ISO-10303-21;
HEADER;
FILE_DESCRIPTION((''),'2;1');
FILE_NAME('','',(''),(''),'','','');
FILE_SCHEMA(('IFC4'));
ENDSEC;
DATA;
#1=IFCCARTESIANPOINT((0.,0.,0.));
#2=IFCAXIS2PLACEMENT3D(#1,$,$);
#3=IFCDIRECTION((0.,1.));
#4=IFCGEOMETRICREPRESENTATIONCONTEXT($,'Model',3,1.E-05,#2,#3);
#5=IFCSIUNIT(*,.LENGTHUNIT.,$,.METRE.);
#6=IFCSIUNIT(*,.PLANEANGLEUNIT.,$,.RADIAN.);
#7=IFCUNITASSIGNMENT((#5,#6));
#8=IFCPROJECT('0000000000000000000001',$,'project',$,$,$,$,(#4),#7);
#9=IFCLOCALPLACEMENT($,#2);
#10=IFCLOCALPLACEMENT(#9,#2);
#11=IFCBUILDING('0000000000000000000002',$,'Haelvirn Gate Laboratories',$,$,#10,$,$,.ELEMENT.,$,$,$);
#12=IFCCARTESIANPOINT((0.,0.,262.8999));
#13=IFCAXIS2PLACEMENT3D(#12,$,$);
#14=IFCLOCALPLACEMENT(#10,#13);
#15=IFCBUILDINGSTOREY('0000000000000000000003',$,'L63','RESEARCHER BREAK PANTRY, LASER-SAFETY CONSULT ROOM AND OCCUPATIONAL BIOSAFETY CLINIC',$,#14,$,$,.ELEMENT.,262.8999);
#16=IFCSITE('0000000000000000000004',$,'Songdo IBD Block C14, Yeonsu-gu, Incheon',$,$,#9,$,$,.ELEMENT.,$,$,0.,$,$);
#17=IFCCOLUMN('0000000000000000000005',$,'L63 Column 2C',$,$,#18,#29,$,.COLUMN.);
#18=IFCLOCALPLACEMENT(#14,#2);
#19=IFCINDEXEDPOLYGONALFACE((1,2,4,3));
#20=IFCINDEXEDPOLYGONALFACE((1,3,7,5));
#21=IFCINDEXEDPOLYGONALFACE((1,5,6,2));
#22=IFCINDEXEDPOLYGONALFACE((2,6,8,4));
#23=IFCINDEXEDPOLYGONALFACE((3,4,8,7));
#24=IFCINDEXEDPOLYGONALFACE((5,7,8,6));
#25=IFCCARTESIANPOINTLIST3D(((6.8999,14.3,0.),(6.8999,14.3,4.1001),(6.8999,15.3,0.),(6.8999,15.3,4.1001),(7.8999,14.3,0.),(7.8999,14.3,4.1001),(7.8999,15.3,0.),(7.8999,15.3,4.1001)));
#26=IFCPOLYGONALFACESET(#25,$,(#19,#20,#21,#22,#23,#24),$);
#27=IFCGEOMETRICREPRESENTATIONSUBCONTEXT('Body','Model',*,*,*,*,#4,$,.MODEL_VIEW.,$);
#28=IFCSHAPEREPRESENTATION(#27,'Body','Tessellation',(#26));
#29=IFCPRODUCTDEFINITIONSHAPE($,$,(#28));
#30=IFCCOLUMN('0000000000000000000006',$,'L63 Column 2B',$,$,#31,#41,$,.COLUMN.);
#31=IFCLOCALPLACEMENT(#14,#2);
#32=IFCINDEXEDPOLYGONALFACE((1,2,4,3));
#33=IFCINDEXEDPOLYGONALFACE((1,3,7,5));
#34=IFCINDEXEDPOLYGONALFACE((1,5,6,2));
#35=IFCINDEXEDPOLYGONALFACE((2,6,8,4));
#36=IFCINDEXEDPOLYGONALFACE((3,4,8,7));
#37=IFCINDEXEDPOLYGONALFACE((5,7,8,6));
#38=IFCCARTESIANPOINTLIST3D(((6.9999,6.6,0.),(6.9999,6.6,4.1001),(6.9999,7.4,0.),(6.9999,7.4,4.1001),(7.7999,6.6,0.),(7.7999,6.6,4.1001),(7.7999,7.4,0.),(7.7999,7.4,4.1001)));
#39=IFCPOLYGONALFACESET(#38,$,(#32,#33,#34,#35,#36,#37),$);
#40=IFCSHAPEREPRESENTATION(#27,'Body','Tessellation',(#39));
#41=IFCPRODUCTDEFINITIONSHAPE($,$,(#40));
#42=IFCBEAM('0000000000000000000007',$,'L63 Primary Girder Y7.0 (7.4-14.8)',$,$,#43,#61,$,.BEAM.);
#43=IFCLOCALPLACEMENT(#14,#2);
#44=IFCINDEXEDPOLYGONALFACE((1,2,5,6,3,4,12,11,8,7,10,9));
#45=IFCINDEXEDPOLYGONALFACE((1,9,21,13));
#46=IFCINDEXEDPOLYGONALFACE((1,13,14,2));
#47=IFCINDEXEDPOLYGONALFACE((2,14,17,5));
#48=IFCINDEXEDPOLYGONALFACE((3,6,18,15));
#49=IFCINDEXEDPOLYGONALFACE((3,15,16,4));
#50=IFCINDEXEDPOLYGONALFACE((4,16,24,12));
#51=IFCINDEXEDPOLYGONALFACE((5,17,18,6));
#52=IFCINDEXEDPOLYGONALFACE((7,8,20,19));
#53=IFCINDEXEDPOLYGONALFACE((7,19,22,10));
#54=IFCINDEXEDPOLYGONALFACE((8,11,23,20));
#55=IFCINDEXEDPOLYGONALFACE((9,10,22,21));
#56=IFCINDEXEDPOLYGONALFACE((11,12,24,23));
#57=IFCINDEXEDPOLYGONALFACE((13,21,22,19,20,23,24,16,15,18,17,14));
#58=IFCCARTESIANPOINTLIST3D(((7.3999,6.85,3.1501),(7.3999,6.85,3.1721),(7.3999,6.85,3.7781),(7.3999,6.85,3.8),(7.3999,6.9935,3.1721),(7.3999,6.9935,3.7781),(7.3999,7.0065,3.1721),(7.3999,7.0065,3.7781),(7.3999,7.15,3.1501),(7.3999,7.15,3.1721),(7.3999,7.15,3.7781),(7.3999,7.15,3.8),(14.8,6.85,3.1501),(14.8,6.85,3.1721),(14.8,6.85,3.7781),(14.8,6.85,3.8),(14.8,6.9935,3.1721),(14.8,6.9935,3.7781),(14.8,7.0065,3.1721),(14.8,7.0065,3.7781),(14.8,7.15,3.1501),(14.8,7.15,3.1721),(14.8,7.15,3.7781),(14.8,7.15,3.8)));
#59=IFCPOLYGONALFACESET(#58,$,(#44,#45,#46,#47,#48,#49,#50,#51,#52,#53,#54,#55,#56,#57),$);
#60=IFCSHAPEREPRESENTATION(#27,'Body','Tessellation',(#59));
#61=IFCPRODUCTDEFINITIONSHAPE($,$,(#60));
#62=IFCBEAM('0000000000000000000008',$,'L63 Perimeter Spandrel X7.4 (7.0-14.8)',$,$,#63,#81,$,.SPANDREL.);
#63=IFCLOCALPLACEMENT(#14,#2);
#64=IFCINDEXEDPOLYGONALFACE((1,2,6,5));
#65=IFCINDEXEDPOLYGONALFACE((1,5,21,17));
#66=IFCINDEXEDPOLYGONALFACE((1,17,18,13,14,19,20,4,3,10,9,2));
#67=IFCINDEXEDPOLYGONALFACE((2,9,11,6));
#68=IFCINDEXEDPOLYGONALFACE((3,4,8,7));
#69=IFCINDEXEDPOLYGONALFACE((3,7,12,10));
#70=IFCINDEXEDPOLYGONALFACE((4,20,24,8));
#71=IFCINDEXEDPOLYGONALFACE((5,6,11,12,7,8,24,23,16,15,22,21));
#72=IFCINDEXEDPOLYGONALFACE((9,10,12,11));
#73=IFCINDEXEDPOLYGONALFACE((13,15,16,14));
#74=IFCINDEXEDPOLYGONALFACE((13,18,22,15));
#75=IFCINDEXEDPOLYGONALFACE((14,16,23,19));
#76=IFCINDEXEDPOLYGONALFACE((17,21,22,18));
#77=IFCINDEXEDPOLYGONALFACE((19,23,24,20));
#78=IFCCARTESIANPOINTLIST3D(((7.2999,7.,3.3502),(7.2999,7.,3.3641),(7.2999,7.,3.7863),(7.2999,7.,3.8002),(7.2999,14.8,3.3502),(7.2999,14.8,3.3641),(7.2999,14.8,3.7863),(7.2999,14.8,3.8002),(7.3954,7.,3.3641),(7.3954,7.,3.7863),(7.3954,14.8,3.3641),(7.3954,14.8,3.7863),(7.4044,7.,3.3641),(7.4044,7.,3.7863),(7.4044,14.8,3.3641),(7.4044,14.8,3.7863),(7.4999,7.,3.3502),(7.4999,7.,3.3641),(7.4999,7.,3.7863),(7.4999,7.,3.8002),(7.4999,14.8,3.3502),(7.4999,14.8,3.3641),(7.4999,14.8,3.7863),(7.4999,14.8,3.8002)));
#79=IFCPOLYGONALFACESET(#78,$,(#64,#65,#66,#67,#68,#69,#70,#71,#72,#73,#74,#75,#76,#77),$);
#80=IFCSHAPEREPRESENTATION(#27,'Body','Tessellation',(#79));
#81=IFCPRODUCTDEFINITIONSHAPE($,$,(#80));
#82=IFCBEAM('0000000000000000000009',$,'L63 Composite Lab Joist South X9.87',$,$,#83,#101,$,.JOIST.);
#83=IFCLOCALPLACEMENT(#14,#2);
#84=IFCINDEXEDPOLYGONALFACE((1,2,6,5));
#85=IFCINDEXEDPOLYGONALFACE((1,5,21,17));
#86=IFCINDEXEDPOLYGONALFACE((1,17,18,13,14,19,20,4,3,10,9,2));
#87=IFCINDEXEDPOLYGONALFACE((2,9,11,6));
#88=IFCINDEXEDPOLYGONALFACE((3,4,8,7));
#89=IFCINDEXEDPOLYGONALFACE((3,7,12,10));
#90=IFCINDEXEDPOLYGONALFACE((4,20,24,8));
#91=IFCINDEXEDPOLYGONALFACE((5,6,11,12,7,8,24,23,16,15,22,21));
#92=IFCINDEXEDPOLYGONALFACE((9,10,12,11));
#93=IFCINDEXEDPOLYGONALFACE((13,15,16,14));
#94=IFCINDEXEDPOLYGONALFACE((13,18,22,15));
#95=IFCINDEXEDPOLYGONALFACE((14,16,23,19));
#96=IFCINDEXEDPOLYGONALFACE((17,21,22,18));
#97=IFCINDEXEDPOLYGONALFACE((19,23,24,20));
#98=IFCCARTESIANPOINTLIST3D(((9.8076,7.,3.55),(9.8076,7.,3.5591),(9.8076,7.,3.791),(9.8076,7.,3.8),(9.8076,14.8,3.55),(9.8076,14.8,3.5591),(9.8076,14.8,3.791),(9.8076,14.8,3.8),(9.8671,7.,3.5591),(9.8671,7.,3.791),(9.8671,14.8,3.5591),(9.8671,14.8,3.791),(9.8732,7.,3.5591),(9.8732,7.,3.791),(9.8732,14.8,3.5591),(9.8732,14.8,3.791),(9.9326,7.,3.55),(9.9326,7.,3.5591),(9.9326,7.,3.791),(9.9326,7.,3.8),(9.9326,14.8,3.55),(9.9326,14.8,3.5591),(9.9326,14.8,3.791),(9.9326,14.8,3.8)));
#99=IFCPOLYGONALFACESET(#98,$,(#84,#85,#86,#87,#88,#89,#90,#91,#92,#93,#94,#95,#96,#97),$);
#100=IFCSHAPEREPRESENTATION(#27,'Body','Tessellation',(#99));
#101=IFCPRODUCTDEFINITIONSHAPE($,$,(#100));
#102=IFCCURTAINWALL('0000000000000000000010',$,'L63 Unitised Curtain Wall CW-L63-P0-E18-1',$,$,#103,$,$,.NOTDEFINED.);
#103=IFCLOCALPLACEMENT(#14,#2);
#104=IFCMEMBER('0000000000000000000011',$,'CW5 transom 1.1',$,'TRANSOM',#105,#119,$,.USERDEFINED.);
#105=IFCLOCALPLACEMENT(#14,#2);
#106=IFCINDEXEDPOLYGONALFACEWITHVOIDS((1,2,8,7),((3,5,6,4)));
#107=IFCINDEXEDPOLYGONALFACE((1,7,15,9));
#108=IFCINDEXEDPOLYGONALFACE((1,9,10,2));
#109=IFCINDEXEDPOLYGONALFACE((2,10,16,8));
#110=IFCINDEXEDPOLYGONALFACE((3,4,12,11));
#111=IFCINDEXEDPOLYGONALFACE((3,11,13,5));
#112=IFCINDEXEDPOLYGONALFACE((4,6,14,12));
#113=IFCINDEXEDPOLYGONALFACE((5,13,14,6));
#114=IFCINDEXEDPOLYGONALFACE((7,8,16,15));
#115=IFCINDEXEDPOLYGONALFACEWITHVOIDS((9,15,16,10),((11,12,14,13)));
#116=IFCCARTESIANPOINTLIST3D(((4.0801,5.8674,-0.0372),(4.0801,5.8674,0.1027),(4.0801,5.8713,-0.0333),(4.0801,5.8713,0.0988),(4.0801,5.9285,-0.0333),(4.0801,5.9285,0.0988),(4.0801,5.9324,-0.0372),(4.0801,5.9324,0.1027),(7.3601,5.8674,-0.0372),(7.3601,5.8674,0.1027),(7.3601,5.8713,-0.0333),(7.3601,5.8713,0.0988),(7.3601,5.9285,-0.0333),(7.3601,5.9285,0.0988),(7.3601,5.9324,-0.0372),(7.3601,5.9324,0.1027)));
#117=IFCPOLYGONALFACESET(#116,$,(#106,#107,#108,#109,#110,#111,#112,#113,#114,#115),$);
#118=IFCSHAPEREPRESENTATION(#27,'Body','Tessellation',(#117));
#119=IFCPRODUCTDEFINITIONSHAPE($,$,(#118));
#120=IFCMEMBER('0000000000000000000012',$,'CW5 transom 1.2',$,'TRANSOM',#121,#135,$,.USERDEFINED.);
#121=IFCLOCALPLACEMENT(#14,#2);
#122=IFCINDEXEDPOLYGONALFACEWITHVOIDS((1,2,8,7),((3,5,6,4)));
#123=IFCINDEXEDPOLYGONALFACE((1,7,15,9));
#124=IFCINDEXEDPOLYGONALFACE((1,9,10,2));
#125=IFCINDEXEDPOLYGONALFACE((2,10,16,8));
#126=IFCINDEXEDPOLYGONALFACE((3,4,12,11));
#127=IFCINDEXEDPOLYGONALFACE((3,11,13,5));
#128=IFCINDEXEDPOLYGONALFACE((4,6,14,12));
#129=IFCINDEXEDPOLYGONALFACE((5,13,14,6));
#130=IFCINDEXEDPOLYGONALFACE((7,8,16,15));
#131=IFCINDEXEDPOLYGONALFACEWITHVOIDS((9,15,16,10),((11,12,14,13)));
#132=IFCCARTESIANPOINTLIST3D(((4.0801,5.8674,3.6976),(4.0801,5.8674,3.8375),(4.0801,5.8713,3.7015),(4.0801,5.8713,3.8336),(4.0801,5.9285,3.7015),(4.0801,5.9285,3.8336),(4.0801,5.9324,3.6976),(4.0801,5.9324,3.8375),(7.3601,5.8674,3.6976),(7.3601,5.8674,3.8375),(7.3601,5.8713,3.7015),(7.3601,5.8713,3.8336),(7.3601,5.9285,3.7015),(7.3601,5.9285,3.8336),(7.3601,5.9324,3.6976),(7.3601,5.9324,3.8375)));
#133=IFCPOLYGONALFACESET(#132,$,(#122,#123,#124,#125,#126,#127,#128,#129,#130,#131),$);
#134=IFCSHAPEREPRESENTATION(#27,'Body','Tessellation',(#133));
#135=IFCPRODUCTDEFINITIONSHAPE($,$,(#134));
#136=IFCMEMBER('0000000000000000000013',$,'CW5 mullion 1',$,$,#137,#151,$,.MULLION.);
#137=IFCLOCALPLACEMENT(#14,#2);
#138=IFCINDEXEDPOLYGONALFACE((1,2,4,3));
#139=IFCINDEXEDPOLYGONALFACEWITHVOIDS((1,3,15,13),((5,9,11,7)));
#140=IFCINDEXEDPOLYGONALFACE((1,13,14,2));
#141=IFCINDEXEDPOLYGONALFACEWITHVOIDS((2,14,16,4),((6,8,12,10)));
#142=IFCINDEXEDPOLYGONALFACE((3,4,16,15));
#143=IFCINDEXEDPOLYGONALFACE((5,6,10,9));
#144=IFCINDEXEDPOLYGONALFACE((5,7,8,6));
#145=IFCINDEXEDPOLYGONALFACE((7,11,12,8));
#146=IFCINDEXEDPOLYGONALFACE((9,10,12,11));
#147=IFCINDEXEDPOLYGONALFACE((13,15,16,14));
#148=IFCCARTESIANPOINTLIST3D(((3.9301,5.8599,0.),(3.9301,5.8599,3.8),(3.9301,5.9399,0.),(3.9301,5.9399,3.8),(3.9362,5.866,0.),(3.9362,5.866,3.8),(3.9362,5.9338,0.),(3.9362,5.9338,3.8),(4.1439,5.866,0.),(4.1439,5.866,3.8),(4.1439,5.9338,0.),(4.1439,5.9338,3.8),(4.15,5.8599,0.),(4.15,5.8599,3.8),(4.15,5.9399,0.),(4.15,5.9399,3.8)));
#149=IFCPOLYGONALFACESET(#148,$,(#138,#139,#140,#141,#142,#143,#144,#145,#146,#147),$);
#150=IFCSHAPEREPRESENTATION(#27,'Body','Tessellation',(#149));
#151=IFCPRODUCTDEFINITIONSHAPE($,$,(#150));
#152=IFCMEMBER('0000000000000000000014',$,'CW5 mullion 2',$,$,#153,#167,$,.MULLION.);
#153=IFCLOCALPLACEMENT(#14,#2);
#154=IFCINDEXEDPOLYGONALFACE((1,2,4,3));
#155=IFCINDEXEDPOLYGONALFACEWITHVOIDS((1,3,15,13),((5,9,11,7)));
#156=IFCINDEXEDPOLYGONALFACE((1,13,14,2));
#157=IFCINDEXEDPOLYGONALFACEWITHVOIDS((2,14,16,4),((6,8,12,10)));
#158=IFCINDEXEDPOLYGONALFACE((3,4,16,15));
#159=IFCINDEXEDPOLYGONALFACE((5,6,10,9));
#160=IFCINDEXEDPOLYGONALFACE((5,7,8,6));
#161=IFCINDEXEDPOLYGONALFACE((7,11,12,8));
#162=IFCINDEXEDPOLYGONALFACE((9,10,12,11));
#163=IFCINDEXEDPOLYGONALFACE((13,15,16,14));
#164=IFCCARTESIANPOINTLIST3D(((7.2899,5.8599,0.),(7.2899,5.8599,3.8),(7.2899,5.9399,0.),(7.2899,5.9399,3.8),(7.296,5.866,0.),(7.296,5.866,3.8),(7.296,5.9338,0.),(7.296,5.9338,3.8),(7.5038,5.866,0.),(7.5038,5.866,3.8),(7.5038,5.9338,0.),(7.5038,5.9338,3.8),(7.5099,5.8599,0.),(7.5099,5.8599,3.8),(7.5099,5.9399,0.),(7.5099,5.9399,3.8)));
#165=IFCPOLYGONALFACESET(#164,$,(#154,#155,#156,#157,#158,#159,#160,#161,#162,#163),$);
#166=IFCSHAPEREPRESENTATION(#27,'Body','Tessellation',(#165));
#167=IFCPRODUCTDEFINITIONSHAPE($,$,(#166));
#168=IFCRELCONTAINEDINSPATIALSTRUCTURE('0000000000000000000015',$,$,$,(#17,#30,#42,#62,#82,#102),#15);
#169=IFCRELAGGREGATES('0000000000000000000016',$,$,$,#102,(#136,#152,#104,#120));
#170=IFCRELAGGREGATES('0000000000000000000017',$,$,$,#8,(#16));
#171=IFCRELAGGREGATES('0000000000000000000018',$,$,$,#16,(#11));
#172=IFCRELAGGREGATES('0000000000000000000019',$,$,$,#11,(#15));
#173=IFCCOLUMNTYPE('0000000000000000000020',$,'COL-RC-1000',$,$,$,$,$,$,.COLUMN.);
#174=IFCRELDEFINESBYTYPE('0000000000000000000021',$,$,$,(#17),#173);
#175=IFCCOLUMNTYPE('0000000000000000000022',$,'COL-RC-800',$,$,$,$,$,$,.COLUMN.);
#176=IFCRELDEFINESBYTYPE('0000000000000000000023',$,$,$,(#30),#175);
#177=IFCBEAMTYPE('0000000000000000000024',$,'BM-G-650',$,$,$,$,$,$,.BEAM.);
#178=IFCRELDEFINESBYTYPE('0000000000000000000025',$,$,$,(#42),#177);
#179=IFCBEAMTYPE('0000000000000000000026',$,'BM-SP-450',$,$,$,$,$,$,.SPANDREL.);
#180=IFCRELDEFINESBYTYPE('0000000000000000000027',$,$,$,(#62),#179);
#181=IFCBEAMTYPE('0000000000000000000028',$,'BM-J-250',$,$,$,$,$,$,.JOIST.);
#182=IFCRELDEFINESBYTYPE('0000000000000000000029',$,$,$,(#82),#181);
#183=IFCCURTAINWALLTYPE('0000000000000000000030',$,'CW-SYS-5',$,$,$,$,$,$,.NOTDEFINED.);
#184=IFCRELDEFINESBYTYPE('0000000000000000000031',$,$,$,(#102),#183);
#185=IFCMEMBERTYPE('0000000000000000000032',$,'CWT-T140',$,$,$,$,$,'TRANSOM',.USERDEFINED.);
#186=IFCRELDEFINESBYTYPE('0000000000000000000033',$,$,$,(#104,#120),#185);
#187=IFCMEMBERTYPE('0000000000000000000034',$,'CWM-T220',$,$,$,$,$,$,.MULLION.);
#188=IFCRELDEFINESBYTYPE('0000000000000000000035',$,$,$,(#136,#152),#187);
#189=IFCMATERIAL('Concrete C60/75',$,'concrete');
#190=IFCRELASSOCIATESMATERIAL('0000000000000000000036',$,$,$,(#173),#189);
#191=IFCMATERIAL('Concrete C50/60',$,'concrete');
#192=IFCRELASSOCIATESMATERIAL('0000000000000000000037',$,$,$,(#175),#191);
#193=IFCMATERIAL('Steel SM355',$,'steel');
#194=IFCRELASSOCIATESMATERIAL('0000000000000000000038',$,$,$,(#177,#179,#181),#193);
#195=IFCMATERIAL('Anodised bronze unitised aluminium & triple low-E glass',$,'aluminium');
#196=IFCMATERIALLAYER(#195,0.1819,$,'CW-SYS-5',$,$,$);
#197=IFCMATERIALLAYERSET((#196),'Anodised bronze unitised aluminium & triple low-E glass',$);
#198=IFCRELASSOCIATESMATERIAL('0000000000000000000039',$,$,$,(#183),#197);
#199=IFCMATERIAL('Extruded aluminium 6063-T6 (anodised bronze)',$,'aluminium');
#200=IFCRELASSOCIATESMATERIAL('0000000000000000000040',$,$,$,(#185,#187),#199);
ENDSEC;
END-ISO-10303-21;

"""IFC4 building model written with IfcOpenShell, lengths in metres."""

from ifc_helpers import new_model, si_unit, direction, frame, origin, origin_2d, place, context, subcontext, project, spatial, rectangle, hollow_rectangle, i_section, extrude, source, transform, mapped, material, layer, layer_set, material_profile, profile_set, type_object, type_shapes, element, aggregate, save


model = new_model("IFC4")

# Units and contexts
model_context = context("Model", 3, precision=1e-05, world=origin(), true_north=direction((0.0, 1.0)))
body_context = subcontext(model_context, "Body", "Model", "MODEL_VIEW")
ifc_project = project(units=[si_unit("LENGTHUNIT", "METRE"), si_unit("PLANEANGLEUNIT", "RADIAN")], contexts=[model_context])

# Site, building, storey
site_placement = place(None, origin())
site = spatial("IfcSite", under=ifc_project, at=site_placement, Name="Songdo IBD Block C14, Yeonsu-gu, Incheon", CompositionType="ELEMENT", RefElevation=0.0)
building_placement = place(site_placement, origin())
building = spatial("IfcBuilding", under=site, at=building_placement, Name="Haelvirn Gate Laboratories", CompositionType="ELEMENT")
storey_placement = place(building_placement, frame((0.0, 0.0, 262.8999)))
storey = spatial("IfcBuildingStorey", under=building, at=storey_placement, Name="L63", Description="RESEARCHER BREAK PANTRY, LASER-SAFETY CONSULT ROOM AND OCCUPATIONAL BIOSAFETY CLINIC", CompositionType="ELEMENT", Elevation=262.8999)

# Columns
ifc_material_1 = material(Name="Concrete C60/75", Category="concrete")
ifc_material_profile_1 = material_profile(ifc_material_1, rectangle(XDim=1.0, YDim=1.0, at=origin_2d()), Name="RC-1000x1000")
ifc_profile_set_1 = profile_set([ifc_material_profile_1], Name="Concrete C60/75")
column_type_1 = type_object("IfcColumnType", Name="COL-RC-1000", PredefinedType="COLUMN", material=ifc_profile_set_1)
shared_shape_1 = source(origin(), body_context, "Body", "SweptSolid", [
    extrude(rectangle(XDim=1.0, YDim=1.0, at=origin_2d()), origin(), (0.0, 0.0, 1.0), 4.1001),
])
type_shapes(column_type_1, [shared_shape_1])
column_1_placement = place(storey_placement, frame((7.3999, 14.8, 0.0), z_axis=(0.0, 0.0, 1.0), x_axis=(1.0, 0.0, 0.0)))
element("IfcColumn", 1, at=column_1_placement, inside=storey, type_object=column_type_1, Name="L63 Column 2C", PredefinedType="COLUMN", context=body_context, shape_type="MappedRepresentation", body=[
    mapped(shared_shape_1, transform((0.0, 0.0, 0.0), scale=1.0)),
])
ifc_material_2 = material(Name="Concrete C50/60", Category="concrete")
ifc_material_profile_2 = material_profile(ifc_material_2, rectangle(XDim=0.8, YDim=0.8, at=origin_2d()), Name="RC-800x800")
ifc_profile_set_2 = profile_set([ifc_material_profile_2], Name="Concrete C50/60")
column_type_2 = type_object("IfcColumnType", Name="COL-RC-800", PredefinedType="COLUMN", material=ifc_profile_set_2)
shared_shape_2 = source(origin(), body_context, "Body", "SweptSolid", [
    extrude(rectangle(XDim=0.8, YDim=0.8, at=origin_2d()), origin(), (0.0, 0.0, 1.0), 4.1001),
])
type_shapes(column_type_2, [shared_shape_2])
column_2_placement = place(storey_placement, frame((7.3999, 7.0, 0.0), z_axis=(0.0, 0.0, 1.0), x_axis=(1.0, 0.0, 0.0)))
element("IfcColumn", 2, at=column_2_placement, inside=storey, type_object=column_type_2, Name="L63 Column 2B", PredefinedType="COLUMN", context=body_context, shape_type="MappedRepresentation", body=[
    mapped(shared_shape_2, transform((0.0, 0.0, 0.0), scale=1.0)),
])

# Beams
ifc_material_3 = material(Name="Steel SM355", Category="steel")
ifc_material_profile_3 = material_profile(ifc_material_3, i_section(OverallWidth=0.3, OverallDepth=0.6499, WebThickness=0.0129, FlangeThickness=0.022, at=origin_2d()), Name="H-650x300x13x22")
ifc_profile_set_3 = profile_set([ifc_material_profile_3], Name="Steel SM355")
beam_type_1 = type_object("IfcBeamType", Name="BM-G-650", PredefinedType="BEAM", material=ifc_profile_set_3)
shared_shape_3 = source(origin(), body_context, "Body", "SweptSolid", [
    extrude(i_section(OverallWidth=0.3, OverallDepth=0.6499, WebThickness=0.0129, FlangeThickness=0.022, at=origin_2d()), origin(), (0.0, 0.0, 1.0), 7.4001),
])
type_shapes(beam_type_1, [shared_shape_3])
beam_1_placement = place(storey_placement, frame((7.3999, 7.0, 3.4751), z_axis=(1.0, 0.0, 0.0), x_axis=(0.0, 1.0, 0.0)))
element("IfcBeam", 3, at=beam_1_placement, inside=storey, type_object=beam_type_1, Name="L63 Primary Girder Y7.0 (7.4-14.8)", PredefinedType="BEAM", context=body_context, shape_type="MappedRepresentation", body=[
    mapped(shared_shape_3, transform((0.0, 0.0, 0.0), scale=1.0)),
])
ifc_material_profile_4 = material_profile(ifc_material_3, i_section(OverallWidth=0.2, OverallDepth=0.45, WebThickness=0.009, FlangeThickness=0.0139, at=origin_2d()), Name="H-450x200x9x14")
ifc_profile_set_4 = profile_set([ifc_material_profile_4], Name="Steel SM355")
beam_type_2 = type_object("IfcBeamType", Name="BM-SP-450", PredefinedType="SPANDREL", material=ifc_profile_set_4)
shared_shape_4 = source(origin(), body_context, "Body", "SweptSolid", [
    extrude(i_section(OverallWidth=0.2, OverallDepth=0.45, WebThickness=0.009, FlangeThickness=0.0139, at=origin_2d()), origin(), (0.0, 0.0, 1.0), 7.8),
])
type_shapes(beam_type_2, [shared_shape_4])
beam_2_placement = place(storey_placement, frame((7.3999, 7.0, 3.5752), z_axis=(0.0, 1.0, 0.0), x_axis=(-1.0, 0.0, 0.0)))
element("IfcBeam", 4, at=beam_2_placement, inside=storey, type_object=beam_type_2, Name="L63 Perimeter Spandrel X7.4 (7.0-14.8)", PredefinedType="SPANDREL", context=body_context, shape_type="MappedRepresentation", body=[
    mapped(shared_shape_4, transform((0.0, 0.0, 0.0), scale=1.0)),
])
ifc_material_profile_5 = material_profile(ifc_material_3, i_section(OverallWidth=0.125, OverallDepth=0.25, WebThickness=0.0061, FlangeThickness=0.009, at=origin_2d()), Name="H-250x125x6x9")
ifc_profile_set_5 = profile_set([ifc_material_profile_5], Name="Steel SM355")
beam_type_3 = type_object("IfcBeamType", Name="BM-J-250", PredefinedType="JOIST", material=ifc_profile_set_5)
shared_shape_5 = source(origin(), body_context, "Body", "SweptSolid", [
    extrude(i_section(OverallWidth=0.125, OverallDepth=0.25, WebThickness=0.0061, FlangeThickness=0.009, at=origin_2d()), origin(), (0.0, 0.0, 1.0), 7.8),
])
type_shapes(beam_type_3, [shared_shape_5])
beam_3_placement = place(storey_placement, frame((9.8701, 7.0, 3.675), z_axis=(0.0, 1.0, 0.0), x_axis=(-1.0, 0.0, 0.0)))
element("IfcBeam", 5, at=beam_3_placement, inside=storey, type_object=beam_type_3, Name="L63 Composite Lab Joist South X9.87", PredefinedType="JOIST", context=body_context, shape_type="MappedRepresentation", body=[
    mapped(shared_shape_5, transform((0.0, 0.0, 0.0), scale=1.0)),
])

# Curtain wall, members
ifc_material_4 = material(Name="Anodised bronze unitised aluminium & triple low-E glass", Category="aluminium")
ifc_layer_1 = layer(ifc_material_4, 0.1819, Name="CW-SYS-5")
ifc_layer_set_1 = layer_set([ifc_layer_1], Name="Anodised bronze unitised aluminium & triple low-E glass")
curtain_wall_type_1 = type_object("IfcCurtainWallType", Name="CW-SYS-5", PredefinedType="NOTDEFINED", material=ifc_layer_set_1)
curtain_wall_1_placement = place(storey_placement, origin())
curtain_wall_1 = element("IfcCurtainWall", 6, at=curtain_wall_1_placement, inside=storey, type_object=curtain_wall_type_1, Name="L63 Unitised Curtain Wall CW-L63-P0-E18-1", PredefinedType="NOTDEFINED")
ifc_material_5 = material(Name="Extruded aluminium 6063-T6 (anodised bronze)", Category="aluminium")
ifc_material_profile_6 = material_profile(ifc_material_5, hollow_rectangle(XDim=0.0649, YDim=0.1399, WallThickness=0.0039, at=origin_2d()), Name="CWT-140x65x4")
ifc_profile_set_6 = profile_set([ifc_material_profile_6], Name="Extruded aluminium 6063-T6 (anodised bronze)")
member_type_1 = type_object("IfcMemberType", Name="CWT-T140", ElementType="TRANSOM", PredefinedType="USERDEFINED", material=ifc_profile_set_6)
shared_shape_6 = source(origin(), body_context, "Body", "SweptSolid", [
    extrude(hollow_rectangle(XDim=0.0649, YDim=0.1399, WallThickness=0.0039, at=origin_2d()), origin(), (0.0, 0.0, 1.0), 3.28),
])
type_shapes(member_type_1, [shared_shape_6])
member_1_placement = place(storey_placement, frame((4.0801, 5.8999, 0.0327), z_axis=(1.0, 0.0, 0.0), x_axis=(0.0, 1.0, 0.0)))
member_1 = element("IfcMember", 7, at=member_1_placement, type_object=member_type_1, Name="CW5 transom 1.1", ObjectType="TRANSOM", PredefinedType="USERDEFINED", context=body_context, shape_type="MappedRepresentation", body=[
    mapped(shared_shape_6, transform((0.0, 0.0, 0.0), scale=1.0)),
])
member_2_placement = place(storey_placement, frame((4.0801, 5.8999, 3.7676), z_axis=(1.0, 0.0, 0.0), x_axis=(0.0, 1.0, 0.0)))
member_2 = element("IfcMember", 8, at=member_2_placement, type_object=member_type_1, Name="CW5 transom 1.2", ObjectType="TRANSOM", PredefinedType="USERDEFINED", context=body_context, shape_type="MappedRepresentation", body=[
    mapped(shared_shape_6, transform((0.0, 0.0, 0.0), scale=1.0)),
])
ifc_material_profile_7 = material_profile(ifc_material_5, hollow_rectangle(XDim=0.0801, YDim=0.22, WallThickness=0.0061, at=origin_2d()), Name="CWM-220x80x6")
ifc_profile_set_7 = profile_set([ifc_material_profile_7], Name="Extruded aluminium 6063-T6 (anodised bronze)")
member_type_2 = type_object("IfcMemberType", Name="CWM-T220", PredefinedType="MULLION", material=ifc_profile_set_7)
shared_shape_7 = source(origin(), body_context, "Body", "SweptSolid", [
    extrude(hollow_rectangle(XDim=0.0801, YDim=0.22, WallThickness=0.0061, at=origin_2d()), origin(), (0.0, 0.0, 1.0), 3.8),
])
type_shapes(member_type_2, [shared_shape_7])
member_3_placement = place(storey_placement, frame((4.04, 5.8999, 0.0), z_axis=(0.0, 0.0, 1.0), x_axis=(0.0, 1.0, 0.0)))
member_3 = element("IfcMember", 9, at=member_3_placement, type_object=member_type_2, Name="CW5 mullion 1", PredefinedType="MULLION", context=body_context, shape_type="MappedRepresentation", body=[
    mapped(shared_shape_7, transform((0.0, 0.0, 0.0), scale=1.0)),
])
member_4_placement = place(storey_placement, frame((7.3999, 5.8999, 0.0), z_axis=(0.0, 0.0, 1.0), x_axis=(0.0, 1.0, 0.0)))
member_4 = element("IfcMember", 10, at=member_4_placement, type_object=member_type_2, Name="CW5 mullion 2", PredefinedType="MULLION", context=body_context, shape_type="MappedRepresentation", body=[
    mapped(shared_shape_7, transform((0.0, 0.0, 0.0), scale=1.0)),
])
aggregate(curtain_wall_1, [member_3, member_4, member_1, member_2])

save(model, "model.ifc")
